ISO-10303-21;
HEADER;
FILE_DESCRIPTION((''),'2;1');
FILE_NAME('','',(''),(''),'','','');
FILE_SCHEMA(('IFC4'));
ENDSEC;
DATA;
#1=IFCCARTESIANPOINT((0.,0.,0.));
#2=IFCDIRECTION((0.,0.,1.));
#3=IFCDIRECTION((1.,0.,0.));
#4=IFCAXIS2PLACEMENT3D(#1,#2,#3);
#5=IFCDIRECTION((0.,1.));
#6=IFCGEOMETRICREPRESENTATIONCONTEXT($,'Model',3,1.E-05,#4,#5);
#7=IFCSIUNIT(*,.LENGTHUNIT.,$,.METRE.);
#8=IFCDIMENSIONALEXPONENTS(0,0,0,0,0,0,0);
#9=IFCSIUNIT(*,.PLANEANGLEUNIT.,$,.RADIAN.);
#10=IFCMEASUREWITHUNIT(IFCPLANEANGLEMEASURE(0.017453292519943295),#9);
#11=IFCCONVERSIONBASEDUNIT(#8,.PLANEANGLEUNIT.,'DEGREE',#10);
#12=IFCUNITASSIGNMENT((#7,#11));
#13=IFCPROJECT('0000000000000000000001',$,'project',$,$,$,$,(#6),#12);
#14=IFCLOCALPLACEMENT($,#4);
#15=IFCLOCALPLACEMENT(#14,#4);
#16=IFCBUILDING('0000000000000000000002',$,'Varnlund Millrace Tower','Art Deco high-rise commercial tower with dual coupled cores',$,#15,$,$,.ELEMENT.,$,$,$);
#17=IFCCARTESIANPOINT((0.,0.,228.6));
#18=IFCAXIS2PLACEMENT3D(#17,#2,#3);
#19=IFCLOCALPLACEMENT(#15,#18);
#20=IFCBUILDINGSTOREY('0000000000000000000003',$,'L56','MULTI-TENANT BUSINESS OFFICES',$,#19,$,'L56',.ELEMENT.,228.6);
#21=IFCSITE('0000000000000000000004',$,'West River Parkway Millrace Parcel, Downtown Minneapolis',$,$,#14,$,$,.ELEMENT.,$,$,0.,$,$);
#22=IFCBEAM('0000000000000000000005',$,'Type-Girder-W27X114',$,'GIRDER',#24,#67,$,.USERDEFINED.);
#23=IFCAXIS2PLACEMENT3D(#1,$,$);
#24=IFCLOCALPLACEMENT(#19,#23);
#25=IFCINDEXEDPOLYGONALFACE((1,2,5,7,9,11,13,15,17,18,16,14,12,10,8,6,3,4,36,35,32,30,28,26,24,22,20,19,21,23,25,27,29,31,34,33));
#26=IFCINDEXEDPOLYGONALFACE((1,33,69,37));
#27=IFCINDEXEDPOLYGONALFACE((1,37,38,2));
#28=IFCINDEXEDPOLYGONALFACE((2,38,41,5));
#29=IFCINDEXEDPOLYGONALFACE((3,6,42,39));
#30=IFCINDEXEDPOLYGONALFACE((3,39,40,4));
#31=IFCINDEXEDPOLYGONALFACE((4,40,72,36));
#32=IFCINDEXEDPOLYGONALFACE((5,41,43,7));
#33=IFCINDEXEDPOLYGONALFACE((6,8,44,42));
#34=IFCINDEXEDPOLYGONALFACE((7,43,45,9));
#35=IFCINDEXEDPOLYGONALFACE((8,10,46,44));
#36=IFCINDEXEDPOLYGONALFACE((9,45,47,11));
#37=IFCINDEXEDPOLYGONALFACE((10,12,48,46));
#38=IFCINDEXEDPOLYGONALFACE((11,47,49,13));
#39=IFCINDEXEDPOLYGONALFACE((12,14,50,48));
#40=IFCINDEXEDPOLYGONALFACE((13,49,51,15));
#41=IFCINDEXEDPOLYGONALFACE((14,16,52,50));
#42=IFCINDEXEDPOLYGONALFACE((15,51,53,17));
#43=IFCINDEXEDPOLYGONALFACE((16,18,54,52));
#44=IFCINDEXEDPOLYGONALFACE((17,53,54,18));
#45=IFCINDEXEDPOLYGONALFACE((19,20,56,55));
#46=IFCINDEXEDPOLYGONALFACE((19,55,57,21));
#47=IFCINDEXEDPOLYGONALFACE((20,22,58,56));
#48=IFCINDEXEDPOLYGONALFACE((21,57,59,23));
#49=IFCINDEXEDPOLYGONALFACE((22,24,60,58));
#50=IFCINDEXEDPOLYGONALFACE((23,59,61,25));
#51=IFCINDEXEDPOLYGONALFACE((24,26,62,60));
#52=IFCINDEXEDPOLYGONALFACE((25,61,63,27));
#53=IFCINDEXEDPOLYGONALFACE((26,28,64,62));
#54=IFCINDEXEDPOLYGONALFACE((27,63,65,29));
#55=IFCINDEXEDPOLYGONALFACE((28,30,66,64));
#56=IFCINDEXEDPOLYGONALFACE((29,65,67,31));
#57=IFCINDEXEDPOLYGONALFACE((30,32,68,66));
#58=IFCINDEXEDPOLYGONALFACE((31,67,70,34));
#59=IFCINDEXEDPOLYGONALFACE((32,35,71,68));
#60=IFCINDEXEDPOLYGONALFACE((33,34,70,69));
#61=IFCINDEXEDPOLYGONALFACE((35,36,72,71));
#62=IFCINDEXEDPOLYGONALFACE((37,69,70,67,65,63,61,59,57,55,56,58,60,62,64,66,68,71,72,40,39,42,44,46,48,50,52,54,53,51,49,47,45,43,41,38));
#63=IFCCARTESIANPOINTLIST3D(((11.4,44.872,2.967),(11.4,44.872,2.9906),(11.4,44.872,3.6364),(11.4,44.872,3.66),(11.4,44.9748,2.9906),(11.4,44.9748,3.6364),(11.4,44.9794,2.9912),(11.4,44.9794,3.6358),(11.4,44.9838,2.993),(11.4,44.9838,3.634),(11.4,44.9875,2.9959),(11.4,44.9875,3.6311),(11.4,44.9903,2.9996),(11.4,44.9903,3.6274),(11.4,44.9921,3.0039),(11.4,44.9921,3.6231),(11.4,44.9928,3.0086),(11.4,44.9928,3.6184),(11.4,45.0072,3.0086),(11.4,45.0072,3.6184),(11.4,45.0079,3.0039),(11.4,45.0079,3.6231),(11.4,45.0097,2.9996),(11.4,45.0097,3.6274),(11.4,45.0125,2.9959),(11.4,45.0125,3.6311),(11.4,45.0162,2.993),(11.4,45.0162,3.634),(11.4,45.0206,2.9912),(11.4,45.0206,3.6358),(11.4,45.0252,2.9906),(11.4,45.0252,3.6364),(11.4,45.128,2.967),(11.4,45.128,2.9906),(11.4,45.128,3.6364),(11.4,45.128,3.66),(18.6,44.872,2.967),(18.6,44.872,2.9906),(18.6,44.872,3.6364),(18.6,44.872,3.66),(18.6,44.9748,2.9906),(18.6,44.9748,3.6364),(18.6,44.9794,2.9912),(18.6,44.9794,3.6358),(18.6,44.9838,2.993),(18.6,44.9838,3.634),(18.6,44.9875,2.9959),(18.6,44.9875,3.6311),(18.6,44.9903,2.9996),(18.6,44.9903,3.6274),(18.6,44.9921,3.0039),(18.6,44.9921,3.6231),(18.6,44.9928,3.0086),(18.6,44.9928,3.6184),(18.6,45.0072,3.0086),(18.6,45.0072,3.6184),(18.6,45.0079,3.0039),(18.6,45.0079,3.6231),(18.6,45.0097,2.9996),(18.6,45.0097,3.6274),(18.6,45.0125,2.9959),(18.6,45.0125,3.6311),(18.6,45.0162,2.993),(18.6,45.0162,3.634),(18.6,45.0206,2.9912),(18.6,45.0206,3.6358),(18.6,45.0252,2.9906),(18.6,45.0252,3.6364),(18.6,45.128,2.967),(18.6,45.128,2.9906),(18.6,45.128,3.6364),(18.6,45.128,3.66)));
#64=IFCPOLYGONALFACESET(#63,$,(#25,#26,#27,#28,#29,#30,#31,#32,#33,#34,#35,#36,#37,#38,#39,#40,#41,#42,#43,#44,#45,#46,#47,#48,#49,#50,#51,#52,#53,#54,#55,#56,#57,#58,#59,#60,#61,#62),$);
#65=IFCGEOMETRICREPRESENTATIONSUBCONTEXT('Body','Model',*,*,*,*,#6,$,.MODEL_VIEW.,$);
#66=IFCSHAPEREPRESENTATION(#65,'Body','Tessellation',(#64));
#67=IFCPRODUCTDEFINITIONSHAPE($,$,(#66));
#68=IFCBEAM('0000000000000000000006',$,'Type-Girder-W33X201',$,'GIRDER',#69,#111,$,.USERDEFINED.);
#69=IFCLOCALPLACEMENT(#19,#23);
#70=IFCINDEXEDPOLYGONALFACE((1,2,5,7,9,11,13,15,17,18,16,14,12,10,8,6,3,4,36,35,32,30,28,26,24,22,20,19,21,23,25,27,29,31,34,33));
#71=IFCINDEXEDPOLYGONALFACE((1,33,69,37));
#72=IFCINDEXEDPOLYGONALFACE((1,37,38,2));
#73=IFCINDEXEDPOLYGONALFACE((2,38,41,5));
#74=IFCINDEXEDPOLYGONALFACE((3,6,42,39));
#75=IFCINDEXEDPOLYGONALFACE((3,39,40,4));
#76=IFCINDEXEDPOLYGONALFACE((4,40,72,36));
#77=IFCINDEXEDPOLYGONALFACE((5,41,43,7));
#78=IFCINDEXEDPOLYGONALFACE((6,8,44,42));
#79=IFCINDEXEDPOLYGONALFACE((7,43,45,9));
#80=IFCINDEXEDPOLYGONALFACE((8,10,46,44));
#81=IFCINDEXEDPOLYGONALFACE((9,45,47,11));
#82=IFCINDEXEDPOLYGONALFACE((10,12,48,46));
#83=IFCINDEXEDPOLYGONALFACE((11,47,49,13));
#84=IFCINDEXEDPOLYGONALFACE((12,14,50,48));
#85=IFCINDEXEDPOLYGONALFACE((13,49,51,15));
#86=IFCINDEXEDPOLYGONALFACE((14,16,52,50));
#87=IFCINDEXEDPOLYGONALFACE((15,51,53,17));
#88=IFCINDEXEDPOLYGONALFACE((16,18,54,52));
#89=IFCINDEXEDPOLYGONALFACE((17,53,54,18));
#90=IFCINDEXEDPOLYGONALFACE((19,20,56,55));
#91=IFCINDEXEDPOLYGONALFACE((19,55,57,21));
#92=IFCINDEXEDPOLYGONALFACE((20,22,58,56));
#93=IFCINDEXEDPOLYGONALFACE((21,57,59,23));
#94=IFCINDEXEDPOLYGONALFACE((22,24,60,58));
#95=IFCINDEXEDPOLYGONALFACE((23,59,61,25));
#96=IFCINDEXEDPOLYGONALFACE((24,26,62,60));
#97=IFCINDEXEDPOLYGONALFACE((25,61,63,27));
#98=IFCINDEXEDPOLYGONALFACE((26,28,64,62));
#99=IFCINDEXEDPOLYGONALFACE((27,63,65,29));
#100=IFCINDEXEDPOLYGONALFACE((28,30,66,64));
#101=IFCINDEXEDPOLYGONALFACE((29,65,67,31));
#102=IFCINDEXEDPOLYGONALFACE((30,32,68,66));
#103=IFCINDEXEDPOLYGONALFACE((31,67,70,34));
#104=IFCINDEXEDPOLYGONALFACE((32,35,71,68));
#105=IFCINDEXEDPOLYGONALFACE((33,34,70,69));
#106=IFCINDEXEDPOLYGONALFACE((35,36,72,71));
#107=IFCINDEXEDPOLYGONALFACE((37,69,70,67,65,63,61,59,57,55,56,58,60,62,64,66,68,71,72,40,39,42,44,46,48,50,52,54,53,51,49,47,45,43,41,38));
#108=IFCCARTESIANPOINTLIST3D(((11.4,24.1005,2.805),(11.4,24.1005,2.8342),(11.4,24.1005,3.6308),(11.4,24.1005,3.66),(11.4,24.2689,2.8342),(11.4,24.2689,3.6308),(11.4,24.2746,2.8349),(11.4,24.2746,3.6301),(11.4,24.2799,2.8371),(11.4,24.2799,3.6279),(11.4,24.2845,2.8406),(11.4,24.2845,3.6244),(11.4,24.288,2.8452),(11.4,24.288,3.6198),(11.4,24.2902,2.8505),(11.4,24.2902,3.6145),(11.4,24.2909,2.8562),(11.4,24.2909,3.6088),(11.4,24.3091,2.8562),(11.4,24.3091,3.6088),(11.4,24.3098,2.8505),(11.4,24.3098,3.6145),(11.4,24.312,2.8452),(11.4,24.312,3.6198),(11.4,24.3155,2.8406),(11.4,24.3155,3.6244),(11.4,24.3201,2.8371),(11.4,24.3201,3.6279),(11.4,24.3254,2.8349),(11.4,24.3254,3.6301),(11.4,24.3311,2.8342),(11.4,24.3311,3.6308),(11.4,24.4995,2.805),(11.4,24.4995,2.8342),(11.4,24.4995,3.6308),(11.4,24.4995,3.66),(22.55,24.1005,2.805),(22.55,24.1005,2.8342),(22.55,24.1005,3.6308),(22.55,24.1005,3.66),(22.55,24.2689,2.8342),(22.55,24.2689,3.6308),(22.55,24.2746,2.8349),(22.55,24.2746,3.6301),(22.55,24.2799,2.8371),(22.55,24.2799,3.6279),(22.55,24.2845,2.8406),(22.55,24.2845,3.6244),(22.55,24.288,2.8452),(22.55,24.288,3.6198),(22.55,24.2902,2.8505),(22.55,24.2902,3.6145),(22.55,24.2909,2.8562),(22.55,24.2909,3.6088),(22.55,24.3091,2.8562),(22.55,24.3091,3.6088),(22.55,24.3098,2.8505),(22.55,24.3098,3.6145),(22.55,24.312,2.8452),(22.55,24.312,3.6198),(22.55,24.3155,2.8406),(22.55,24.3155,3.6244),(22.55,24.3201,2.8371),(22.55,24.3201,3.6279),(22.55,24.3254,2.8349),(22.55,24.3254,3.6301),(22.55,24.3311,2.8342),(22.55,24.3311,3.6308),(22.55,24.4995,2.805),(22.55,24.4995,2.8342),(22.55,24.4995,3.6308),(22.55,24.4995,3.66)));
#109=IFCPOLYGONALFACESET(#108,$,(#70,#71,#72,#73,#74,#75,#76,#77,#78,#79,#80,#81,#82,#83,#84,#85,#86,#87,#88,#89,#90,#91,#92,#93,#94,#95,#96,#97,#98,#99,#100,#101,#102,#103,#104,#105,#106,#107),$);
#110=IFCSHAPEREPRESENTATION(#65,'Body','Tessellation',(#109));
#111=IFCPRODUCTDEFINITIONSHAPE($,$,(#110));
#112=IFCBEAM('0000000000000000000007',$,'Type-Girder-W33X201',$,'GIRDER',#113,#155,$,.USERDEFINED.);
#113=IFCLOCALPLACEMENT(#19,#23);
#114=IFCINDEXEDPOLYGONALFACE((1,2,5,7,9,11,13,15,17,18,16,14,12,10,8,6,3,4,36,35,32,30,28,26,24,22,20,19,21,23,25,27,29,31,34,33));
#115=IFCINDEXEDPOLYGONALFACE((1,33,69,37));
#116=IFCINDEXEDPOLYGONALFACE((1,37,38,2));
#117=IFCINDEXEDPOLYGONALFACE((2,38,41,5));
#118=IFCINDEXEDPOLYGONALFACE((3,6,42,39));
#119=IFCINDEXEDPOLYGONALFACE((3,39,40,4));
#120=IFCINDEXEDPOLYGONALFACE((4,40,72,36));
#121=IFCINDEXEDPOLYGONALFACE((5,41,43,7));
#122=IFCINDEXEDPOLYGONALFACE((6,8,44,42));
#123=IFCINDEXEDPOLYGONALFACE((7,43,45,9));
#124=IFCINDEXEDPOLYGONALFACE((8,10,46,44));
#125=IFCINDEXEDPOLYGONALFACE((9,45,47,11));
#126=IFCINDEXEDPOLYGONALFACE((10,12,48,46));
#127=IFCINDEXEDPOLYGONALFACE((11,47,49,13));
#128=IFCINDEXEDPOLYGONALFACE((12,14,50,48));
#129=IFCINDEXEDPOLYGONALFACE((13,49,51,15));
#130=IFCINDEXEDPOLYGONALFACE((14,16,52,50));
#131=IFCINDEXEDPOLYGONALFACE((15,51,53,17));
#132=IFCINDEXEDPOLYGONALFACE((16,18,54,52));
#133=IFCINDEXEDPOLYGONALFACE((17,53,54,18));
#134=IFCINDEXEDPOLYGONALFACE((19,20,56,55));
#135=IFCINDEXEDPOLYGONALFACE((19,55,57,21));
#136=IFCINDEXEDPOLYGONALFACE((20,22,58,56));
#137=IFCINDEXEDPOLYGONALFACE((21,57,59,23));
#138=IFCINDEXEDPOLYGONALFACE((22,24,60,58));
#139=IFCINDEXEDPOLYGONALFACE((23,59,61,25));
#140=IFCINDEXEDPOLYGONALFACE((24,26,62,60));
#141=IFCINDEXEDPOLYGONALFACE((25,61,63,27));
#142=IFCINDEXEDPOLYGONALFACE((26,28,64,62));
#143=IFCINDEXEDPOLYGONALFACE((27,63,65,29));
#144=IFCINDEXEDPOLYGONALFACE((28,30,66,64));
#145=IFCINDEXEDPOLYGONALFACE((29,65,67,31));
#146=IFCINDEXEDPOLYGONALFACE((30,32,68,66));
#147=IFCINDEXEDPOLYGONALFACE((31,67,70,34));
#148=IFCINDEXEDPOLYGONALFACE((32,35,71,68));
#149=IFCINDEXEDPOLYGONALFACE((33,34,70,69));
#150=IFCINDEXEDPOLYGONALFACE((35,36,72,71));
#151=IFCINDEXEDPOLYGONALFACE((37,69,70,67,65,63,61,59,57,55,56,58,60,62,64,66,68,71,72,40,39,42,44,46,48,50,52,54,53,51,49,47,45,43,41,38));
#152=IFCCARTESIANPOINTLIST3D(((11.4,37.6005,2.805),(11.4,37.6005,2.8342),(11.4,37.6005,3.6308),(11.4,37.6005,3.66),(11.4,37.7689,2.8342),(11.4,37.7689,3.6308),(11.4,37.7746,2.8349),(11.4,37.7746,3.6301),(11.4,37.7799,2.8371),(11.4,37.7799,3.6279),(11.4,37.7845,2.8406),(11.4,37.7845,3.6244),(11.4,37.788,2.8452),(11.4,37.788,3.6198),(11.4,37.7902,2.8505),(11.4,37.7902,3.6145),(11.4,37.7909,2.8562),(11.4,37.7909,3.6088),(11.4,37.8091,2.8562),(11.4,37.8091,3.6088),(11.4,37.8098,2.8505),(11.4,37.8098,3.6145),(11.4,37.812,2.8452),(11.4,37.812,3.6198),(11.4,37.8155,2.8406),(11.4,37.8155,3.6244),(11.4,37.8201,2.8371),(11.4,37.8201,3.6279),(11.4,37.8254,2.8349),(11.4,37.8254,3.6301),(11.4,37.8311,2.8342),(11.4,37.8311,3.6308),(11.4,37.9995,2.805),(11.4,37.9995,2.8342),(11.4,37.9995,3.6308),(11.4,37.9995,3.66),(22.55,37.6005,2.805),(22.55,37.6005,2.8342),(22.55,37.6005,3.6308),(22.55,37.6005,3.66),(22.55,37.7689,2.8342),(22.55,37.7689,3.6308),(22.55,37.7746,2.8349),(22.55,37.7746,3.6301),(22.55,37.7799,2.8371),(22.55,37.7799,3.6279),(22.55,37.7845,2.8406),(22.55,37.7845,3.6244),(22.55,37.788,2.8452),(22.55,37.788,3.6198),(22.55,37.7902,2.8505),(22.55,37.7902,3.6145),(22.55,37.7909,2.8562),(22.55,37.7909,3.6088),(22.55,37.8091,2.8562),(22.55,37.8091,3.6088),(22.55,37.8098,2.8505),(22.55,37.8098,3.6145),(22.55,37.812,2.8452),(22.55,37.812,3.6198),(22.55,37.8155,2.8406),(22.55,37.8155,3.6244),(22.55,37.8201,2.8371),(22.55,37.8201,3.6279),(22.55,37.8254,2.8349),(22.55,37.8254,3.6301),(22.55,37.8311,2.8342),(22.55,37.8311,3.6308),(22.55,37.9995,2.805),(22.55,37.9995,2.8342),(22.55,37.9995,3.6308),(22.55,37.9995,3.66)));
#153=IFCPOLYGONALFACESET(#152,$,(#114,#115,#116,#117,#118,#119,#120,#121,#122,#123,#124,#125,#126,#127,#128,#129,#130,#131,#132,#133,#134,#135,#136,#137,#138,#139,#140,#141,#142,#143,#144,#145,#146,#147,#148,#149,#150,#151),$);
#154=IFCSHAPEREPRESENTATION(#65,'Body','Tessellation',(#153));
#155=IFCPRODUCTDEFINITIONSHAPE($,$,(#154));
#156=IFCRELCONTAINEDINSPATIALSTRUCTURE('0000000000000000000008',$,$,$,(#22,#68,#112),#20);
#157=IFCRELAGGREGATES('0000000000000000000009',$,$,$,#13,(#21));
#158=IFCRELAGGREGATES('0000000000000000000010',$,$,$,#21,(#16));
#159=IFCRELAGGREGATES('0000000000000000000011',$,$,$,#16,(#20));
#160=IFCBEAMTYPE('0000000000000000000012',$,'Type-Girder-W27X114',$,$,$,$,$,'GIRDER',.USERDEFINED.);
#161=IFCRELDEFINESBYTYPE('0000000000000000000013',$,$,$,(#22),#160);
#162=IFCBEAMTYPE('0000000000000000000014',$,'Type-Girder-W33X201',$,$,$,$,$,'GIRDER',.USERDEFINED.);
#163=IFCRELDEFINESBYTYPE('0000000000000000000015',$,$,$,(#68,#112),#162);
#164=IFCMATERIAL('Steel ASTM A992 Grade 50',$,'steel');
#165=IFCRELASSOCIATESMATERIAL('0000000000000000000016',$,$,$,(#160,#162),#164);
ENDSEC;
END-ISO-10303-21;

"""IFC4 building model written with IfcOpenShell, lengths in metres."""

from ifc_helpers import new_model, entity, si_unit, converted_unit, direction, frame, origin_with_axes, origin_2d_with_axis, place, context, subcontext, project, spatial, i_section, extrude, material, material_profile, profile_set, type_object, element, save


model = new_model("IFC4")

# Units and contexts
model_context = context("Model", 3, precision=1e-05, world=origin_with_axes(), true_north=direction((0.0, 1.0)))
body_context = subcontext(model_context, "Body", "Model", "MODEL_VIEW")
ifc_project = project(units=[si_unit("LENGTHUNIT", "METRE"), converted_unit("PLANEANGLEUNIT", "DEGREE", entity("IfcPlaneAngleMeasure", 0.017453292519943295), si_unit("PLANEANGLEUNIT", "RADIAN"), dimensions=[0, 0, 0, 0, 0, 0, 0])], contexts=[model_context])

# Site, building, storey
site_placement = place(None, origin_with_axes())
site = spatial("IfcSite", under=ifc_project, at=site_placement, Name="West River Parkway Millrace Parcel, Downtown Minneapolis", CompositionType="ELEMENT", RefElevation=0.0)
building_placement = place(site_placement, origin_with_axes())
building = spatial("IfcBuilding", under=site, at=building_placement, Name="Varnlund Millrace Tower", Description="Art Deco high-rise commercial tower with dual coupled cores", CompositionType="ELEMENT")
storey_placement = place(building_placement, frame((0.0, 0.0, 228.6), z_axis=(0.0, 0.0, 1.0), x_axis=(1.0, 0.0, 0.0)))
storey = spatial("IfcBuildingStorey", under=building, at=storey_placement, Name="L56", Description="MULTI-TENANT BUSINESS OFFICES", LongName="L56", CompositionType="ELEMENT", Elevation=228.6)

# Beams
ifc_material_1 = material(Name="Steel ASTM A992 Grade 50", Category="steel")
ifc_material_profile_1 = material_profile(ifc_material_1, i_section(OverallWidth=0.256, OverallDepth=0.693, WebThickness=0.0145, FlangeThickness=0.0236, FilletRadius=0.018, at=origin_2d_with_axis()), Name="Steel ASTM A992 Grade 50")
ifc_profile_set_1 = profile_set([ifc_material_profile_1], Name="Steel ASTM A992 Grade 50")
beam_type_1 = type_object("IfcBeamType", Name="Type-Girder-W27X114", ElementType="GIRDER", PredefinedType="USERDEFINED", material=ifc_profile_set_1)
beam_1_placement = place(storey_placement, frame((11.4, 45.0, 3.3135), z_axis=(1.0, 0.0, 0.0), x_axis=(0.0, 1.0, 0.0)))
element("IfcBeam", 1, at=beam_1_placement, inside=storey, type_object=beam_type_1, Name="Type-Girder-W27X114", ObjectType="GIRDER", PredefinedType="USERDEFINED", context=body_context, shape_type="SweptSolid", body=[
    extrude(i_section(OverallWidth=0.256, OverallDepth=0.693, WebThickness=0.0145, FlangeThickness=0.0236, FilletRadius=0.018, at=origin_2d_with_axis()), origin_with_axes(), (0.0, 0.0, 1.0), 7.2),
])
ifc_material_profile_2 = material_profile(ifc_material_1, i_section(OverallWidth=0.399, OverallDepth=0.855, WebThickness=0.0182, FlangeThickness=0.0292, FilletRadius=0.022, at=origin_2d_with_axis()), Name="Steel ASTM A992 Grade 50")
ifc_profile_set_2 = profile_set([ifc_material_profile_2], Name="Steel ASTM A992 Grade 50")
beam_type_2 = type_object("IfcBeamType", Name="Type-Girder-W33X201", ElementType="GIRDER", PredefinedType="USERDEFINED", material=ifc_profile_set_2)
for number, where, z_axis, x_axis, name in (
    (2, (11.4, 24.3, 3.2325), (1.0, 0.0, 0.0), (0.0, 1.0, 0.0), "Type-Girder-W33X201"),
    (3, (11.4, 37.8, 3.2325), (1.0, 0.0, 0.0), (0.0, 1.0, 0.0), "Type-Girder-W33X201"),
):
    element("IfcBeam", number, at=place(storey_placement, frame(where, z_axis=z_axis, x_axis=x_axis)), inside=storey, type_object=beam_type_2, Name=name, ObjectType="GIRDER", PredefinedType="USERDEFINED", context=body_context, shape_type="SweptSolid", body=[
        extrude(i_section(OverallWidth=0.399, OverallDepth=0.855, WebThickness=0.0182, FlangeThickness=0.0292, FilletRadius=0.022, at=origin_2d_with_axis()), origin_with_axes(), (0.0, 0.0, 1.0), 11.15),
    ])

save(model, "model.ifc")
